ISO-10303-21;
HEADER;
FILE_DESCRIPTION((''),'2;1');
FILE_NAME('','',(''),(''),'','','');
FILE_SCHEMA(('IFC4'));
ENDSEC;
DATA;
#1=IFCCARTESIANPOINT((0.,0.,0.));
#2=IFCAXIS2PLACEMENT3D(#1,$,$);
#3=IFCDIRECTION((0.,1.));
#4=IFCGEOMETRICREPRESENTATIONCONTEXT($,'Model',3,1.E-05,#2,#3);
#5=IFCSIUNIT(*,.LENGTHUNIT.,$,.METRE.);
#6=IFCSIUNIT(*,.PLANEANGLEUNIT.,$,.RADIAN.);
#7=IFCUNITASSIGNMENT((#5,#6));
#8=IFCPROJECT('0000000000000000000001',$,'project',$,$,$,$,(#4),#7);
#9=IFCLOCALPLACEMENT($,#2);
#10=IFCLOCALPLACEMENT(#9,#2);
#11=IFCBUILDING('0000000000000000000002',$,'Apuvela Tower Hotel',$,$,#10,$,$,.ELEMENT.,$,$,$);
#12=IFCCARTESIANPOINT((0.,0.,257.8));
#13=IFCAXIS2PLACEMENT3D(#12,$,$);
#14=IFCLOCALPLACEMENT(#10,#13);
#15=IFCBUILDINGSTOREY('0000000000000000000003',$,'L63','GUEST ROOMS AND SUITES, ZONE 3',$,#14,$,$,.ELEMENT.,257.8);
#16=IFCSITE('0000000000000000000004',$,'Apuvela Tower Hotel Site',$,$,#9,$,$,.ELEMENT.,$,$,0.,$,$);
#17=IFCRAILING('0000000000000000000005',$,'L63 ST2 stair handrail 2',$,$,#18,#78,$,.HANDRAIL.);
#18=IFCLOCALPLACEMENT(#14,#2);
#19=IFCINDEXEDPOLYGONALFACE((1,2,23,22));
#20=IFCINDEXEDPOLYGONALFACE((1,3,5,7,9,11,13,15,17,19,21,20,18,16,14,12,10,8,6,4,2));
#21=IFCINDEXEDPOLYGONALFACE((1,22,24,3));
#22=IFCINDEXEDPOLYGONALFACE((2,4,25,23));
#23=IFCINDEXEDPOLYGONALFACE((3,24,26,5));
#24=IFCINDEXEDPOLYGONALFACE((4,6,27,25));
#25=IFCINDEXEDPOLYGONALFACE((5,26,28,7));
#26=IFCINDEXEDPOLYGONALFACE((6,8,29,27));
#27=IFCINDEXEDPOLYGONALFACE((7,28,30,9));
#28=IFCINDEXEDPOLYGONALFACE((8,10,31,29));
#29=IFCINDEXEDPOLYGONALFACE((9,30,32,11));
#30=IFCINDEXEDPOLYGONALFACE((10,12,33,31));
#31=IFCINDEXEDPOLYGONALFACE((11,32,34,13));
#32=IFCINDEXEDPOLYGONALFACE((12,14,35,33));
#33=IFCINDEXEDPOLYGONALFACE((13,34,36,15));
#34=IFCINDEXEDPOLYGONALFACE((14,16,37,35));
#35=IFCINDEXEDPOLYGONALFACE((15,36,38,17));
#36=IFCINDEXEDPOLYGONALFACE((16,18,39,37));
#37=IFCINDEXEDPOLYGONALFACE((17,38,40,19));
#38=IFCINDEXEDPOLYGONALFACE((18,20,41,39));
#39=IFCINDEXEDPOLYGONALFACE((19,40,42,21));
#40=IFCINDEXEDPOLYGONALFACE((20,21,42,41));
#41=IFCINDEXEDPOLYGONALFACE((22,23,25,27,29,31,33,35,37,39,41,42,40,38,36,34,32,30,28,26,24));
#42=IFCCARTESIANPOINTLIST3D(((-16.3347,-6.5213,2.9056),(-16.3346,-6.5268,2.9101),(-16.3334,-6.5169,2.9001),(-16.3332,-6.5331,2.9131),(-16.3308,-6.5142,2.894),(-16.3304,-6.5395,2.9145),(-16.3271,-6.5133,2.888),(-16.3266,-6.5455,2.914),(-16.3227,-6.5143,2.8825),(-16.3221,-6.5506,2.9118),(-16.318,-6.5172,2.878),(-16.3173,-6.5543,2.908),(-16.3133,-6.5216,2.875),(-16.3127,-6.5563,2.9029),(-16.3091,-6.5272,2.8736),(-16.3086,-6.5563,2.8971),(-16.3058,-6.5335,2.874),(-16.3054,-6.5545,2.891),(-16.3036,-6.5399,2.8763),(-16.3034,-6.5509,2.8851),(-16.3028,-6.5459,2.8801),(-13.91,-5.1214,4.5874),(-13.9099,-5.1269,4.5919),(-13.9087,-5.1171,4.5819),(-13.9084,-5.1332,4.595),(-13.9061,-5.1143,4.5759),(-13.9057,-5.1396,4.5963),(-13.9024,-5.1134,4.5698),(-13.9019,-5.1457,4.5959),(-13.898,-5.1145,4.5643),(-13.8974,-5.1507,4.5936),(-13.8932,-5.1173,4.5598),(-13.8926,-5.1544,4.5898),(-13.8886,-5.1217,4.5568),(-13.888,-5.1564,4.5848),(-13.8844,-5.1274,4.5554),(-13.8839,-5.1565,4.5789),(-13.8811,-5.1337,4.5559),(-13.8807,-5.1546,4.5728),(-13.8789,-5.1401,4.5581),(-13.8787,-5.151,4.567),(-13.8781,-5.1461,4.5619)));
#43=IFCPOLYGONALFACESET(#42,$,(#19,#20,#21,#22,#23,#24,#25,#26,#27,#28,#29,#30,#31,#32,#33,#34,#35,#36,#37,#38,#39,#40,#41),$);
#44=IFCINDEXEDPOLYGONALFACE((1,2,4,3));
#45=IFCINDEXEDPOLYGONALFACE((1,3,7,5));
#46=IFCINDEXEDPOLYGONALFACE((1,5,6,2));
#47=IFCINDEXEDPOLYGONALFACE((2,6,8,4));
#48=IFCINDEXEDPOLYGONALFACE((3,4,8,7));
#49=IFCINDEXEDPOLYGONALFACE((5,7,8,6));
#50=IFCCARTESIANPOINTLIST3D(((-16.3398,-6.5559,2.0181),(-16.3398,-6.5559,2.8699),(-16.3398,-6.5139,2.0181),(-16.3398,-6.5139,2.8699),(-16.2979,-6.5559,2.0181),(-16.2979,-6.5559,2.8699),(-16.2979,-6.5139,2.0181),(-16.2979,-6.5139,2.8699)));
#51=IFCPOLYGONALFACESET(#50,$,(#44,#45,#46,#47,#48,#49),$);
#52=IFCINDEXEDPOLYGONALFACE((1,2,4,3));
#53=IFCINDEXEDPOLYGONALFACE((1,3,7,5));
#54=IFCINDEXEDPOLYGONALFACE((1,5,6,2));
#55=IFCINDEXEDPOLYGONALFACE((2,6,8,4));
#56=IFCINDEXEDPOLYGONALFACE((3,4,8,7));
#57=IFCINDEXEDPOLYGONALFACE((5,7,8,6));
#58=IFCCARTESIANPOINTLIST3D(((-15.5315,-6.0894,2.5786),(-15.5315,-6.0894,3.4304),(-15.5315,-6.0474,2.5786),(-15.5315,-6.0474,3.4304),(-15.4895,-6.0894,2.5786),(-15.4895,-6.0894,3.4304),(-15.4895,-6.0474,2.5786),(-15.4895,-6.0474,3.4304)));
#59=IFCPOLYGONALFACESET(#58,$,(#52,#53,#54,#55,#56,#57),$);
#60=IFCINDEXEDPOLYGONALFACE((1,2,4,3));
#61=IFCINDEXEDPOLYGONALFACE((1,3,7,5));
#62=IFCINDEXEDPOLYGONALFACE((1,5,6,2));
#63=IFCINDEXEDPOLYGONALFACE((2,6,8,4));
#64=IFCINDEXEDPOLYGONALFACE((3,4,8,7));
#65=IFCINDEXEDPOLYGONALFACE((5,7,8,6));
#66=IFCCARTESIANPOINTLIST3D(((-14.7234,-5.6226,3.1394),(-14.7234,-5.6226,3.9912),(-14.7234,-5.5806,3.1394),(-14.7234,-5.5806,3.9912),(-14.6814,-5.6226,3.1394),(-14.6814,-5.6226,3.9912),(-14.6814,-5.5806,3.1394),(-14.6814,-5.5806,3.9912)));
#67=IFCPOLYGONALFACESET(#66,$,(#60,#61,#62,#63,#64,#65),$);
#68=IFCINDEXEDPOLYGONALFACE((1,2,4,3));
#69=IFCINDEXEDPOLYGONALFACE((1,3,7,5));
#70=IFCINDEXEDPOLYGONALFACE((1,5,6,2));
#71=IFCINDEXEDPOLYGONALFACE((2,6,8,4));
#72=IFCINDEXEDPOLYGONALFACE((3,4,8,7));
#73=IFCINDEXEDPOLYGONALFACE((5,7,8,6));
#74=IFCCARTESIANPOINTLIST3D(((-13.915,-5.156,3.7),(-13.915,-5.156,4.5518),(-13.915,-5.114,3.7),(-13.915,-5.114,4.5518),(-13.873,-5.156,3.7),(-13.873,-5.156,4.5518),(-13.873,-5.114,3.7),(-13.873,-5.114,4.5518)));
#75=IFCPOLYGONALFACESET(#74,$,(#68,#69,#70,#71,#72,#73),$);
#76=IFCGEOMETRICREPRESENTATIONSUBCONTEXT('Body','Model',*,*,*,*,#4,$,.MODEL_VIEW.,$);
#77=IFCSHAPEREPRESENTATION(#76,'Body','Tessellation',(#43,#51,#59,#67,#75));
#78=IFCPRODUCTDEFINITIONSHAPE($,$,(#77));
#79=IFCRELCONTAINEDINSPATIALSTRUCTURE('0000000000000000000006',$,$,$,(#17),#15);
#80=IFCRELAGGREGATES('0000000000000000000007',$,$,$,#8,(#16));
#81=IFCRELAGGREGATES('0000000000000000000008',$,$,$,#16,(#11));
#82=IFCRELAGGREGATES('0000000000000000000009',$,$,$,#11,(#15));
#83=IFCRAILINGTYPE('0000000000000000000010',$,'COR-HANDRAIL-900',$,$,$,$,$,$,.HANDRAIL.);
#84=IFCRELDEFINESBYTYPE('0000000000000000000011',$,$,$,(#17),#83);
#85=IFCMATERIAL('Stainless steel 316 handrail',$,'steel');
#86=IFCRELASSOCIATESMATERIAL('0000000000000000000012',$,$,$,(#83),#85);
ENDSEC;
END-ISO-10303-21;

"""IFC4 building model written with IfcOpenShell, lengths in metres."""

from ifc_helpers import new_model, si_unit, direction, frame, origin, origin_2d, place, context, subcontext, project, spatial, rectangle, circle, extrude, material, type_object, element, save


model = new_model("IFC4")

# Units and contexts
model_context = context("Model", 3, precision=1e-05, world=origin(), true_north=direction((0.0, 1.0)))
body_context = subcontext(model_context, "Body", "Model", "MODEL_VIEW")
ifc_project = project(units=[si_unit("LENGTHUNIT", "METRE"), si_unit("PLANEANGLEUNIT", "RADIAN")], contexts=[model_context])

# Site, building, storey
site_placement = place(None, origin())
site = spatial("IfcSite", under=ifc_project, at=site_placement, Name="Apuvela Tower Hotel Site", CompositionType="ELEMENT", RefElevation=0.0)
building_placement = place(site_placement, origin())
building = spatial("IfcBuilding", under=site, at=building_placement, Name="Apuvela Tower Hotel", CompositionType="ELEMENT")
storey_placement = place(building_placement, frame((0.0, 0.0, 257.8)))
storey = spatial("IfcBuildingStorey", under=building, at=storey_placement, Name="L63", Description="GUEST ROOMS AND SUITES, ZONE 3", CompositionType="ELEMENT", Elevation=257.8)

# Railing
ifc_material_1 = material(Name="Stainless steel 316 handrail", Category="steel")
railing_type_1 = type_object("IfcRailingType", Name="COR-HANDRAIL-900", PredefinedType="HANDRAIL", material=ifc_material_1)
railing_1_placement = place(storey_placement, frame((-16.3188, -6.5349, 2.0181)))
element("IfcRailing", 1, at=railing_1_placement, inside=storey, type_object=railing_type_1, Name="L63 ST2 stair handrail 2", PredefinedType="HANDRAIL", context=body_context, shape_type="SweptSolid", body=[
    extrude(circle(Radius=0.0239, at=origin_2d()), frame((0.0, 0.0, 0.876), z_axis=(0.74239, 0.428601, 0.514934), x_axis=(-0.499984, 0.866035, 0.0)), (0.0, 0.0, 1.0), 3.2661),
    extrude(rectangle(XDim=0.042, YDim=0.042, at=origin_2d()), origin(), (0.0, 0.0, 1.0), 0.8518),
    extrude(rectangle(XDim=0.042, YDim=0.042, at=origin_2d()), frame((0.8083, 0.4666, 0.5605)), (0.0, 0.0, 1.0), 0.8518),
    extrude(rectangle(XDim=0.042, YDim=0.042, at=origin_2d()), frame((1.6165, 0.9333, 1.1213)), (0.0, 0.0, 1.0), 0.8518),
    extrude(rectangle(XDim=0.042, YDim=0.042, at=origin_2d()), frame((2.4248, 1.3999, 1.6819)), (0.0, 0.0, 1.0), 0.8518),
])

save(model, "model.ifc")
